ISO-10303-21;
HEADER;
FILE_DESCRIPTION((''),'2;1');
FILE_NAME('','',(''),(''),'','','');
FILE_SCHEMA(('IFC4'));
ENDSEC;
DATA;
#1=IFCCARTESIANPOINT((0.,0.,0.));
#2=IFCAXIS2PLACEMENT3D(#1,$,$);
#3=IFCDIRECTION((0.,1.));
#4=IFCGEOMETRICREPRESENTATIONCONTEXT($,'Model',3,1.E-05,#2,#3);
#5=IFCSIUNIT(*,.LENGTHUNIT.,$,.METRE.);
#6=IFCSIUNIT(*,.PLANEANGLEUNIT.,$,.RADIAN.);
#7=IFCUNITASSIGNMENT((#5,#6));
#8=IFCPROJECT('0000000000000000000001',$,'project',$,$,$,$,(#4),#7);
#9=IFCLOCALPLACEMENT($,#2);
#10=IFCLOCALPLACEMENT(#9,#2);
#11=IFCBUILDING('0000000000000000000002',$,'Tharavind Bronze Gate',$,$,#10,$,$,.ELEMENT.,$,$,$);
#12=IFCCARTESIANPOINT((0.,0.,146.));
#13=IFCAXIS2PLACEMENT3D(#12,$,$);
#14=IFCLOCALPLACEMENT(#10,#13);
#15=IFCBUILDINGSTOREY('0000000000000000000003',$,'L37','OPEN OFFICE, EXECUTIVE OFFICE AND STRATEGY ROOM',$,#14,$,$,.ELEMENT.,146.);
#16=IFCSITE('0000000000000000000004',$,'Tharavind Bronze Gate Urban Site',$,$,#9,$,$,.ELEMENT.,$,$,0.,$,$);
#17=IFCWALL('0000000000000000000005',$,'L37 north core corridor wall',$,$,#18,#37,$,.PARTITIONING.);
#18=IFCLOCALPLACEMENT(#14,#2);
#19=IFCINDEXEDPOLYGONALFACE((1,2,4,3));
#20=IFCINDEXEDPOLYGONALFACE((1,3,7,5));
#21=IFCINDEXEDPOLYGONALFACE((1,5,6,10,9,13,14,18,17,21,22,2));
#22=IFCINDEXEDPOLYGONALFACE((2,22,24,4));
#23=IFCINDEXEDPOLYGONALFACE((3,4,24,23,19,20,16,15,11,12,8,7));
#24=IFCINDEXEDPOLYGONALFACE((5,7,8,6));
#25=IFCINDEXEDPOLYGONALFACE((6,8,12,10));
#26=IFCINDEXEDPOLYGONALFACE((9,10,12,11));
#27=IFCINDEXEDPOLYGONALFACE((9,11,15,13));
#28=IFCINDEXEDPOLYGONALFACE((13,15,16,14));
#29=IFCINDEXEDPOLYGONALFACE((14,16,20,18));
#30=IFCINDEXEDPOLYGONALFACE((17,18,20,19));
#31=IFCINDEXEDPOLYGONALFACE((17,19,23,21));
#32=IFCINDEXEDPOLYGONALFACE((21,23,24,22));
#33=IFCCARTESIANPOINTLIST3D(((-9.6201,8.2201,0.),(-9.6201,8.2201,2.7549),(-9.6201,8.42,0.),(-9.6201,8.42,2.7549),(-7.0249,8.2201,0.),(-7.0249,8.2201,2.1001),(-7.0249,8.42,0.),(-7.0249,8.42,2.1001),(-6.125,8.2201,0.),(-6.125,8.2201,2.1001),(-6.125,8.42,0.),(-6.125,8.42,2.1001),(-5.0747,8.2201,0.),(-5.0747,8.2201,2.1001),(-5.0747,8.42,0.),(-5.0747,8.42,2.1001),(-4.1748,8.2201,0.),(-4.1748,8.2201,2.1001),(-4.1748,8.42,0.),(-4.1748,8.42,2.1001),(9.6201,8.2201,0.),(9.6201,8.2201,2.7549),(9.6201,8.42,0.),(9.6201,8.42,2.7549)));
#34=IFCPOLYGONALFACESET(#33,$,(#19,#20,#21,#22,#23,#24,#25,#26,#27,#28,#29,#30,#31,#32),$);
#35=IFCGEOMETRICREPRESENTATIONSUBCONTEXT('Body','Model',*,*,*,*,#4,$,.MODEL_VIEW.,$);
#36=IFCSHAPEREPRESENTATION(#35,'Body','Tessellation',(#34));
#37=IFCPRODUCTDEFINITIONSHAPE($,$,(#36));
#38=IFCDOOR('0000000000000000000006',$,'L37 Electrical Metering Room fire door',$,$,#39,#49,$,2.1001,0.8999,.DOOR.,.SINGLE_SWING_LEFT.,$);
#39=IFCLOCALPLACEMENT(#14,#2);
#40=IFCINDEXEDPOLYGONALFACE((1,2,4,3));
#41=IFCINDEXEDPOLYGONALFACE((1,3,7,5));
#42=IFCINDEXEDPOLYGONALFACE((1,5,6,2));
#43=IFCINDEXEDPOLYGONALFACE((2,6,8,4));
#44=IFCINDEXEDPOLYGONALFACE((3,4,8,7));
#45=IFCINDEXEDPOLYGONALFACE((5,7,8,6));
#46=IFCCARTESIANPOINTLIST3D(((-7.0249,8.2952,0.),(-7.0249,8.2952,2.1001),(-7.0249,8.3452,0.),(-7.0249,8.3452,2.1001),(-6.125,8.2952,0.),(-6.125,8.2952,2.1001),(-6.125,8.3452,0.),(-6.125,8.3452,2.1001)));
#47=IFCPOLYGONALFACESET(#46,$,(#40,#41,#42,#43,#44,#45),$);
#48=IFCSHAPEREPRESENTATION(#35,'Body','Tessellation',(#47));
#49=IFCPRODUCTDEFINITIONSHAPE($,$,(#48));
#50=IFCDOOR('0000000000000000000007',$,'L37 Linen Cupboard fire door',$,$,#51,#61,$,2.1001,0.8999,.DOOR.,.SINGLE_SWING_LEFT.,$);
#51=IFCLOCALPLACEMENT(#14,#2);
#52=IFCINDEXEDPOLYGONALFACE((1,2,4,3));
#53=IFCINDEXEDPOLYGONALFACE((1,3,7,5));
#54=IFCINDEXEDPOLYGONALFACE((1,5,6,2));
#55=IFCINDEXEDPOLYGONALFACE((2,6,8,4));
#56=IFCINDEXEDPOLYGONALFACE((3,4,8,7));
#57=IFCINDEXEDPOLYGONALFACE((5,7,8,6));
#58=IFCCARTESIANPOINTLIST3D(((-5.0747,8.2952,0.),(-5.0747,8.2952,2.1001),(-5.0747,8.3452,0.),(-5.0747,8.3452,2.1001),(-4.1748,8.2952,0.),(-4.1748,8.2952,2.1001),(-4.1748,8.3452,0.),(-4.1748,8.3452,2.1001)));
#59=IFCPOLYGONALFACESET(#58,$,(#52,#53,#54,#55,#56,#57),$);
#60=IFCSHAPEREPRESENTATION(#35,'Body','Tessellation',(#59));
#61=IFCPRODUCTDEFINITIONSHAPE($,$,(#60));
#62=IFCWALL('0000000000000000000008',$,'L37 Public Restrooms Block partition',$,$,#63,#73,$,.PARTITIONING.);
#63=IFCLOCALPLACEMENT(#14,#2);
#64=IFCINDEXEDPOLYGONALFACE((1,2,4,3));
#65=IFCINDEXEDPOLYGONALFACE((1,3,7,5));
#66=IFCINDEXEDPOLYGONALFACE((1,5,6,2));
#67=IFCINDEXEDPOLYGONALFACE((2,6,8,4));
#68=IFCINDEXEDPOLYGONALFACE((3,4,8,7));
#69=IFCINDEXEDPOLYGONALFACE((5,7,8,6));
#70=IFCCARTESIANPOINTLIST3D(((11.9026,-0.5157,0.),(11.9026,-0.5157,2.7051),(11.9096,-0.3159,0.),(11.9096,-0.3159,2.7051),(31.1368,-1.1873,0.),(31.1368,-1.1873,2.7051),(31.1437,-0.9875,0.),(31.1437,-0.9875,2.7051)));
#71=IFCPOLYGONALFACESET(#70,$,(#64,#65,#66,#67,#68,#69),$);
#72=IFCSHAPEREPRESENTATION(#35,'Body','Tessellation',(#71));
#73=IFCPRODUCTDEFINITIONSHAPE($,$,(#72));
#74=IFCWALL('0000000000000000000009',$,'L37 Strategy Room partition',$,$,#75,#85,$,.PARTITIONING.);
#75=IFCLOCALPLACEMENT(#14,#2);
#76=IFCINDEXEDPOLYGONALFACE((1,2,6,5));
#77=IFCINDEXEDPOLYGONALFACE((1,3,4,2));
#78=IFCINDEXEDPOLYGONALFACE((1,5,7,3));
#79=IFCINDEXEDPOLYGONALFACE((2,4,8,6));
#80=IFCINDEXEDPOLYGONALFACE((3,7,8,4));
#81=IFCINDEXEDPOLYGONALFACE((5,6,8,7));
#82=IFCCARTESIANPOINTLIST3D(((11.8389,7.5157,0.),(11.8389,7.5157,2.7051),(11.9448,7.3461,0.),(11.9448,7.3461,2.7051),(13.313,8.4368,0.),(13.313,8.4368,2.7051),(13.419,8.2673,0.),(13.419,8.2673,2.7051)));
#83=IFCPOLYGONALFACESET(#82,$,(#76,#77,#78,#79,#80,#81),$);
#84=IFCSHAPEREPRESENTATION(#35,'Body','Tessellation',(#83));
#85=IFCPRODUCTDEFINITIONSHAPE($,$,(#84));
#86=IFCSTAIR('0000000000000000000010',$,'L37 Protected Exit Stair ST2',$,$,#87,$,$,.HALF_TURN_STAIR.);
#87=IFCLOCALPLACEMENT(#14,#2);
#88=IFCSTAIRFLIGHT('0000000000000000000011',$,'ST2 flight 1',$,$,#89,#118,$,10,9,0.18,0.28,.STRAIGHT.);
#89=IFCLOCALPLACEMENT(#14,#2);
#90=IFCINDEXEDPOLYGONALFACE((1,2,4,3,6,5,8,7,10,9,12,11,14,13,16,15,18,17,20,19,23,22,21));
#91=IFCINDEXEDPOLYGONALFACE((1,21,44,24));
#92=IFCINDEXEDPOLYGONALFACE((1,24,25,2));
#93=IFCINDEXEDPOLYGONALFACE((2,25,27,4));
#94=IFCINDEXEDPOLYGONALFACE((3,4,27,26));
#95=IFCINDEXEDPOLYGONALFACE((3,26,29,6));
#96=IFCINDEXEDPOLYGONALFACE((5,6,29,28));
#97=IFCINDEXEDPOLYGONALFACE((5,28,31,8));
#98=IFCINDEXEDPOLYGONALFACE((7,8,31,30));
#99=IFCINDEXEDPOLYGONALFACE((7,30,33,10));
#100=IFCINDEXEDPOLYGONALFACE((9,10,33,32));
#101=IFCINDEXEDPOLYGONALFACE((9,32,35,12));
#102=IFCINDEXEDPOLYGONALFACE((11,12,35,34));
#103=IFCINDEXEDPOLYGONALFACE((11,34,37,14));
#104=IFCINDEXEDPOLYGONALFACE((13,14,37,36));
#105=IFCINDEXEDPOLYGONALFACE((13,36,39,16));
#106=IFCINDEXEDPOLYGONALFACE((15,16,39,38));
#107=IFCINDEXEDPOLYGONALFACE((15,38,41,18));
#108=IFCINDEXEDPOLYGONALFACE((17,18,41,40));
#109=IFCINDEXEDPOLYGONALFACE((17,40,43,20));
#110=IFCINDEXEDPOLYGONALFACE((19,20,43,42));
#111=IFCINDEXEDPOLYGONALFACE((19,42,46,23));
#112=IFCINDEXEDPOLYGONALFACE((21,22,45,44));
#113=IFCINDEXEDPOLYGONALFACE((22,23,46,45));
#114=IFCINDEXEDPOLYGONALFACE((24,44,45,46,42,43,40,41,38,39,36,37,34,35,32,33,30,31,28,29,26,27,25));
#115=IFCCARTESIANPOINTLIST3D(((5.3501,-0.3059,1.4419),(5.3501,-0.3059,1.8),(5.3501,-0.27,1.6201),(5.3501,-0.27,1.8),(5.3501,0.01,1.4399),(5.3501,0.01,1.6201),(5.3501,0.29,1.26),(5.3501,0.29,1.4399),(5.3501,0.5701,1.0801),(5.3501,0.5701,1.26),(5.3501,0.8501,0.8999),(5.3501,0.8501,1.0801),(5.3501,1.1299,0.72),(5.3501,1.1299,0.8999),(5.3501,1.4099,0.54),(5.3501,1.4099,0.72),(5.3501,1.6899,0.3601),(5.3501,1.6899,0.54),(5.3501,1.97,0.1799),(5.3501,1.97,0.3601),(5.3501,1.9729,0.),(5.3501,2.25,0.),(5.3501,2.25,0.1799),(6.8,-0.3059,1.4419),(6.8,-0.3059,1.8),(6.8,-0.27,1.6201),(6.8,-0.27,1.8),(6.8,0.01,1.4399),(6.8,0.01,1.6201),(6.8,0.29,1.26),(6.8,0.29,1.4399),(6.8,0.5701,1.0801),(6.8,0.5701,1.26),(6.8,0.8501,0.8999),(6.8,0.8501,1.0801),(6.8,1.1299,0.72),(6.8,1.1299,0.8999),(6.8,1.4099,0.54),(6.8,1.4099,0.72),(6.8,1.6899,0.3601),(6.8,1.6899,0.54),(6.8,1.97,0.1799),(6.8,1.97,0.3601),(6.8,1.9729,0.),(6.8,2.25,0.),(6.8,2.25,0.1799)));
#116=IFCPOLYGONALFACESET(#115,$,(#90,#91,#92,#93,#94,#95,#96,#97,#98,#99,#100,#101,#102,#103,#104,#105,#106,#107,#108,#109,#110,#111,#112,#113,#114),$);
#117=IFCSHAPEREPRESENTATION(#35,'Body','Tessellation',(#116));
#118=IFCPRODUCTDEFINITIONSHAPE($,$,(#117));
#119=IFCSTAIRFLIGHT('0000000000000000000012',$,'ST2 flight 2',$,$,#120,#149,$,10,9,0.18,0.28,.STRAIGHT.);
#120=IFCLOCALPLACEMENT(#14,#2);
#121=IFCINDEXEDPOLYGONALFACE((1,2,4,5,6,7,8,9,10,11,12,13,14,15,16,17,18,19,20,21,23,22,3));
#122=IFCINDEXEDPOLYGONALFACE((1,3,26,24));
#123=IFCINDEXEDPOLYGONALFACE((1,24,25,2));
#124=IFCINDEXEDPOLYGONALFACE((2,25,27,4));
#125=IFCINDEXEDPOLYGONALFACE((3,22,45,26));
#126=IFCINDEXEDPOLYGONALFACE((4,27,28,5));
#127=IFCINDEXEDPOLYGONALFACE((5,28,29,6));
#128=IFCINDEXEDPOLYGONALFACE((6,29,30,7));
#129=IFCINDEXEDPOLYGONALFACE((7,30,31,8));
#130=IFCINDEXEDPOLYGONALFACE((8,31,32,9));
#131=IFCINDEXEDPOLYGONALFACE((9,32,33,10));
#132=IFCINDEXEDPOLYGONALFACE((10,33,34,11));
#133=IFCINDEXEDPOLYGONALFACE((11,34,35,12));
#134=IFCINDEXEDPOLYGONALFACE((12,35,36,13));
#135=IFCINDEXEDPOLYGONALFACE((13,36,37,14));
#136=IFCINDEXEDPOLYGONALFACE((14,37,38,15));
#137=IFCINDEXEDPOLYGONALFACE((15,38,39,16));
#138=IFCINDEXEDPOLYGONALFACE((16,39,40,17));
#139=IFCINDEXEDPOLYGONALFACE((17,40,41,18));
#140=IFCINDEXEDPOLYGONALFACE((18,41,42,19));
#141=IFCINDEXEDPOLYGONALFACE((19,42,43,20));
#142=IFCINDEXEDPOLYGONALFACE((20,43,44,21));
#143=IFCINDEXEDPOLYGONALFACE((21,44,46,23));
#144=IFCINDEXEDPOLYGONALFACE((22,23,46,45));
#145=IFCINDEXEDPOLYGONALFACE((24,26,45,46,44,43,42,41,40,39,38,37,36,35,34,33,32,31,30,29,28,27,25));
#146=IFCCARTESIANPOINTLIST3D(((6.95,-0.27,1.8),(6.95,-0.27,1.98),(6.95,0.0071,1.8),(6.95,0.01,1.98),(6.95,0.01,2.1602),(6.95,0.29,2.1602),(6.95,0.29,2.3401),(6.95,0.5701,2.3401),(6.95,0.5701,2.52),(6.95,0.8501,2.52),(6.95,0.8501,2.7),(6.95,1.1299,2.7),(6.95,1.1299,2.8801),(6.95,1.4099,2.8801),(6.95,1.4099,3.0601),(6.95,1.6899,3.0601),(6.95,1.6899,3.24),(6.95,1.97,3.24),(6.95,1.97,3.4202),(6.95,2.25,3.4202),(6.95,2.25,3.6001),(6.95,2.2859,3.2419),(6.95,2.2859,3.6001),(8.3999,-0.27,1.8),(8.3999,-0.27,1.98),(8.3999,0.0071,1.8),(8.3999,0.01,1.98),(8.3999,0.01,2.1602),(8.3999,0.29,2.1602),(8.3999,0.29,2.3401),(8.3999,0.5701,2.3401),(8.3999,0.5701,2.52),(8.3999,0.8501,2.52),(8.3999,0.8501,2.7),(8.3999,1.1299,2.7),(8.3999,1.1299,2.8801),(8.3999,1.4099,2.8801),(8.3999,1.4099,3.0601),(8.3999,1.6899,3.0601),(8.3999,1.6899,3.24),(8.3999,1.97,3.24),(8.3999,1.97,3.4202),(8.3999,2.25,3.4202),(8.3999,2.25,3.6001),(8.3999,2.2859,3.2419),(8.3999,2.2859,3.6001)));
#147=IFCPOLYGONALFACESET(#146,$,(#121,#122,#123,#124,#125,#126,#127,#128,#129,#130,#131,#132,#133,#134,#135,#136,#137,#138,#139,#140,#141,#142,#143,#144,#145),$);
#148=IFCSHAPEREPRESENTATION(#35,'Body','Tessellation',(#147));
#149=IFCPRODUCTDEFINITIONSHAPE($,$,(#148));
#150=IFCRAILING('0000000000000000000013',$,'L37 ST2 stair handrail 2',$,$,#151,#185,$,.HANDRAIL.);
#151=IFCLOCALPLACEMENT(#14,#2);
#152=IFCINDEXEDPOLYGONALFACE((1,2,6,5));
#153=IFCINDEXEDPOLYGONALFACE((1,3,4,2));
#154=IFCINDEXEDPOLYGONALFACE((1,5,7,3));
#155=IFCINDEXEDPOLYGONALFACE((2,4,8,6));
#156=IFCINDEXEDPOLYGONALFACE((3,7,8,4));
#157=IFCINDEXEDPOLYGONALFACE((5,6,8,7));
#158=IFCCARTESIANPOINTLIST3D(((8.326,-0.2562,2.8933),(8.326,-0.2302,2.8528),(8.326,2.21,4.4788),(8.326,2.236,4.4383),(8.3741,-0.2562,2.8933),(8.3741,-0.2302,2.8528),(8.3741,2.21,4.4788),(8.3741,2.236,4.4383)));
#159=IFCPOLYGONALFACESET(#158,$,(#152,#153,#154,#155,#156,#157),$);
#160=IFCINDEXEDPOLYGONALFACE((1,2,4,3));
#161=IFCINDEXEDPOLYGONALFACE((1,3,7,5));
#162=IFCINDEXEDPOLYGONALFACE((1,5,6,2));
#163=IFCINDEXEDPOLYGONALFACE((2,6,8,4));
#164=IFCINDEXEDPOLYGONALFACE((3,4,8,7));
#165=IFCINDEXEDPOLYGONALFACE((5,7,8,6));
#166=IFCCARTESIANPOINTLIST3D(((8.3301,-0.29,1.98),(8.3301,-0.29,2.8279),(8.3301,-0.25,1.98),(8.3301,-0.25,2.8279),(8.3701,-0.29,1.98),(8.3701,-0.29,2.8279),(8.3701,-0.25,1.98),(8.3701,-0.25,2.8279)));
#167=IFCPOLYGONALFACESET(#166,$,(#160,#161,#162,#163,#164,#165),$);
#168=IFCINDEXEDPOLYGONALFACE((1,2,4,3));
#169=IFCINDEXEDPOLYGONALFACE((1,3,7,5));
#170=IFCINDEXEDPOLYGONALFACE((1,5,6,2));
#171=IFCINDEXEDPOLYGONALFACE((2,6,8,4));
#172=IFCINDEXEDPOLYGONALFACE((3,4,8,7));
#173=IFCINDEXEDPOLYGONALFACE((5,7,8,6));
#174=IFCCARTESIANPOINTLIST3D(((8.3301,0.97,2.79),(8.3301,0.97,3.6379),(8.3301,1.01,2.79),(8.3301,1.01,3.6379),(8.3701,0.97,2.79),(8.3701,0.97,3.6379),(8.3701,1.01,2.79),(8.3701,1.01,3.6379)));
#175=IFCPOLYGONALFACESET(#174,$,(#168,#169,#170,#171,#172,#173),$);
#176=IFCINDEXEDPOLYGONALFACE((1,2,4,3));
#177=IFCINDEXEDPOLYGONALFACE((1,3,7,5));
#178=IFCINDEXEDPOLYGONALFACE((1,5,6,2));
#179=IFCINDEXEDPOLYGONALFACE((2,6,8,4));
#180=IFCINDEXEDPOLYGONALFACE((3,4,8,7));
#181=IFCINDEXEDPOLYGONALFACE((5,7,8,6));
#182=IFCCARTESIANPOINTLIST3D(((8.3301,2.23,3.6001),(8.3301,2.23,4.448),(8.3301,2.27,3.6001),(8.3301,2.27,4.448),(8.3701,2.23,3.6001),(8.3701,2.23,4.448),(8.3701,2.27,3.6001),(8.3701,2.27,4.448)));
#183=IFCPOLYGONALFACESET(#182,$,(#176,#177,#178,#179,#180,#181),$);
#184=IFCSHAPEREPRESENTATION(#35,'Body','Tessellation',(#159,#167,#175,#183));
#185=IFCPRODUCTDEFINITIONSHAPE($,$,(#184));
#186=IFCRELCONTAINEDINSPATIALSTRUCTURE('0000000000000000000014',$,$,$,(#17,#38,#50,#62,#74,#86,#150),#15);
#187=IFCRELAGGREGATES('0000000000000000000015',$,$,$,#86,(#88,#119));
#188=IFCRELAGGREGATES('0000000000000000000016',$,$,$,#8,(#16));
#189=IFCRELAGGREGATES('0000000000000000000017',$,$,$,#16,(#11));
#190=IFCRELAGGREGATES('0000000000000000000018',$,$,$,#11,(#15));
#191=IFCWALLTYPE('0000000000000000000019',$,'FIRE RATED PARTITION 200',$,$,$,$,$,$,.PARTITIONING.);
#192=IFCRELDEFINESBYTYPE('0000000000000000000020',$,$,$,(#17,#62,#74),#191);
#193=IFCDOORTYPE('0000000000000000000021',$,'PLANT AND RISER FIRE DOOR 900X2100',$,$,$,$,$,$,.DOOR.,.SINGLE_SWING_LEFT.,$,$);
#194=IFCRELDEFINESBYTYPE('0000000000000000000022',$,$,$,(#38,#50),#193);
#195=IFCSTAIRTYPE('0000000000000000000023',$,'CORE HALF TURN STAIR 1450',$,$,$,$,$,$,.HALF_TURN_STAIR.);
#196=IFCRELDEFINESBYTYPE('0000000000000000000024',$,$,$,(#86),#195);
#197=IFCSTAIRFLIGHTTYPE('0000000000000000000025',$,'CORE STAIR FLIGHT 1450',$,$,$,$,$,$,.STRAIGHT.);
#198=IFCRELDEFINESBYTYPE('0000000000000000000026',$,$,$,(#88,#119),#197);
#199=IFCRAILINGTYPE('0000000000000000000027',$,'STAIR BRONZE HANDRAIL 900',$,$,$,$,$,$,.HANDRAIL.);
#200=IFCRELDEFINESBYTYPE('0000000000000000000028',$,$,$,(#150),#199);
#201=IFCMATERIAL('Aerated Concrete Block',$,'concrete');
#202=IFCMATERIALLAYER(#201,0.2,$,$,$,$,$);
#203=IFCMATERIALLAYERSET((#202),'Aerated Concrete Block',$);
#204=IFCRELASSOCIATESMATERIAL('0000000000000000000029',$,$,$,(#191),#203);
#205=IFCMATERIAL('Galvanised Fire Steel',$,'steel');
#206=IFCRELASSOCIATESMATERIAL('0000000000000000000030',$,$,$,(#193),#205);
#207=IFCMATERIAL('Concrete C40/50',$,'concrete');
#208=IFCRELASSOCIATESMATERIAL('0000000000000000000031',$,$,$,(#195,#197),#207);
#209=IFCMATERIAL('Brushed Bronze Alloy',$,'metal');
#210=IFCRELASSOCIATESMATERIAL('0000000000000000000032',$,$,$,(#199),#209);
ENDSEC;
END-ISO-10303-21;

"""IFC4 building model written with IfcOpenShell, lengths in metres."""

from ifc_helpers import new_model, si_unit, direction, frame, frame_2d, origin, origin_2d, place, context, subcontext, project, spatial, polyline, rectangle, outline, extrude, material, layer, layer_set, type_object, element, fill, aggregate, save


model = new_model("IFC4")

# Units and contexts
model_context = context("Model", 3, precision=1e-05, world=origin(), true_north=direction((0.0, 1.0)))
body_context = subcontext(model_context, "Body", "Model", "MODEL_VIEW")
ifc_project = project(units=[si_unit("LENGTHUNIT", "METRE"), si_unit("PLANEANGLEUNIT", "RADIAN")], contexts=[model_context])

# Site, building, storey
site_placement = place(None, origin())
site = spatial("IfcSite", under=ifc_project, at=site_placement, Name="Tharavind Bronze Gate Urban Site", CompositionType="ELEMENT", RefElevation=0.0)
building_placement = place(site_placement, origin())
building = spatial("IfcBuilding", under=site, at=building_placement, Name="Tharavind Bronze Gate", CompositionType="ELEMENT")
storey_placement = place(building_placement, frame((0.0, 0.0, 146.0)))
storey = spatial("IfcBuildingStorey", under=building, at=storey_placement, Name="L37", Description="OPEN OFFICE, EXECUTIVE OFFICE AND STRATEGY ROOM", CompositionType="ELEMENT", Elevation=146.0)

# Wall, openings, doors
ifc_material_1 = material(Name="Aerated Concrete Block", Category="concrete")
ifc_layer_1 = layer(ifc_material_1, 0.2)
ifc_layer_set_1 = layer_set([ifc_layer_1], Name="Aerated Concrete Block")
wall_type = type_object("IfcWallType", Name="FIRE RATED PARTITION 200", PredefinedType="PARTITIONING", material=ifc_layer_set_1)
wall_1_placement = place(storey_placement, frame((9.6201, 8.3201, 0.0), z_axis=(0.0, 0.0, 1.0), x_axis=(-1.0, 0.0, 0.0)))
wall_1 = element("IfcWall", 1, at=wall_1_placement, inside=storey, type_object=wall_type, Name="L37 north core corridor wall", PredefinedType="PARTITIONING", context=body_context, shape_type="SweptSolid", body=[
    extrude(rectangle(XDim=19.2402, YDim=0.2, at=frame_2d((9.6201, 0.0))), origin(), (0.0, 0.0, 1.0), 2.7549),
])
opening_1_placement = place(wall_1_placement, frame((15.7451, 0.0, 0.0)))
opening_1 = element("IfcOpeningElement", 2, at=opening_1_placement, cuts=wall_1, PredefinedType="OPENING", context=body_context, shape_type="SweptSolid", body=[
    extrude(rectangle(XDim=0.8999, YDim=2.1001, at=frame_2d((0.45, 1.05))), frame((0.0, 0.1101, 0.0), z_axis=(0.0, -1.0, 0.0), x_axis=(1.0, 0.0, 0.0)), (0.0, 0.0, 1.0), 0.22),
])
opening_2_placement = place(wall_1_placement, frame((13.7949, 0.0, 0.0)))
opening_2 = element("IfcOpeningElement", 3, at=opening_2_placement, cuts=wall_1, PredefinedType="OPENING", context=body_context, shape_type="SweptSolid", body=[
    extrude(rectangle(XDim=0.8999, YDim=2.1001, at=frame_2d((0.45, 1.05))), frame((0.0, 0.1101, 0.0), z_axis=(0.0, -1.0, 0.0), x_axis=(1.0, 0.0, 0.0)), (0.0, 0.0, 1.0), 0.22),
])
ifc_material_2 = material(Name="Galvanised Fire Steel", Category="steel")
door_type_1 = type_object("IfcDoorType", Name="PLANT AND RISER FIRE DOOR 900X2100", OperationType="SINGLE_SWING_LEFT", PredefinedType="DOOR", material=ifc_material_2)
door_1_placement = place(opening_1_placement, origin())
door_1 = element("IfcDoor", 4, at=door_1_placement, inside=storey, type_object=door_type_1, Name="L37 Electrical Metering Room fire door", OperationType="SINGLE_SWING_LEFT", OverallHeight=2.1001, OverallWidth=0.8999, PredefinedType="DOOR", context=body_context, shape_type="SweptSolid", body=[
    extrude(rectangle(XDim=0.8999, YDim=2.1001, at=frame_2d((0.45, 1.05))), frame((0.0, 0.0249, 0.0), z_axis=(0.0, -1.0, 0.0), x_axis=(1.0, 0.0, 0.0)), (0.0, 0.0, 1.0), 0.05),
])
fill(opening_1, door_1)
door_2_placement = place(opening_2_placement, origin())
door_2 = element("IfcDoor", 5, at=door_2_placement, inside=storey, type_object=door_type_1, Name="L37 Linen Cupboard fire door", OperationType="SINGLE_SWING_LEFT", OverallHeight=2.1001, OverallWidth=0.8999, PredefinedType="DOOR", context=body_context, shape_type="SweptSolid", body=[
    extrude(rectangle(XDim=0.8999, YDim=2.1001, at=frame_2d((0.45, 1.05))), frame((0.0, 0.0249, 0.0), z_axis=(0.0, -1.0, 0.0), x_axis=(1.0, 0.0, 0.0)), (0.0, 0.0, 1.0), 0.05),
])
fill(opening_2, door_2)

# Wall
wall_2_placement = place(storey_placement, frame((11.906, -0.4158, 0.0), z_axis=(0.0, 0.0, 1.0), x_axis=(0.999391, -0.034897, 0.0)))
element("IfcWall", 6, at=wall_2_placement, inside=storey, type_object=wall_type, Name="L37 Public Restrooms Block partition", PredefinedType="PARTITIONING", context=body_context, shape_type="SweptSolid", body=[
    extrude(rectangle(XDim=19.2458, YDim=0.2, at=frame_2d((9.623, 0.0))), origin(), (0.0, 0.0, 1.0), 2.7051),
])

# Wall
wall_3_placement = place(storey_placement, frame((11.8918, 7.4309, 0.0), z_axis=(0.0, 0.0, 1.0), x_axis=(0.848046, 0.529923, 0.0)))
element("IfcWall", 7, at=wall_3_placement, inside=storey, type_object=wall_type, Name="L37 Strategy Room partition", PredefinedType="PARTITIONING", context=body_context, shape_type="SweptSolid", body=[
    extrude(rectangle(XDim=1.7383, YDim=0.2, at=frame_2d((0.8691, 0.0))), origin(), (0.0, 0.0, 1.0), 2.7051),
])

# Stair, stair flights
ifc_material_3 = material(Name="Concrete C40/50", Category="concrete")
stair_type = type_object("IfcStairType", Name="CORE HALF TURN STAIR 1450", PredefinedType="HALF_TURN_STAIR", material=ifc_material_3)
stair_placement = place(storey_placement, origin())
stair = element("IfcStair", 8, at=stair_placement, inside=storey, type_object=stair_type, Name="L37 Protected Exit Stair ST2", PredefinedType="HALF_TURN_STAIR")
stair_flight_type = type_object("IfcStairFlightType", Name="CORE STAIR FLIGHT 1450", PredefinedType="STRAIGHT", material=ifc_material_3)
stair_flight_1_placement = place(storey_placement, frame((6.075, 2.25, 0.0), z_axis=(0.0, 0.0, 1.0), x_axis=(0.0, -1.0, 0.0)))
stair_flight_1 = element("IfcStairFlight", 9, at=stair_flight_1_placement, type_object=stair_flight_type, Name="ST2 flight 1", NumberOfRisers=10, NumberOfTreads=9, PredefinedType="STRAIGHT", RiserHeight=0.18, TreadLength=0.28, context=body_context, shape_type="SweptSolid", body=[
    extrude(outline(polyline([(0.0, 0.0), (0.0, 0.1799), (0.28, 0.1799), (0.28, 0.3601), (0.5601, 0.3601), (0.5601, 0.54), (0.8401, 0.54), (0.8401, 0.72), (1.1201, 0.72), (1.1201, 0.8999), (1.3999, 0.8999), (1.3999, 1.0801), (1.6799, 1.0801), (1.6799, 1.26), (1.96, 1.26), (1.96, 1.4399), (2.24, 1.4399), (2.24, 1.6201), (2.52, 1.6201), (2.52, 1.8), (2.5559, 1.8), (2.5559, 1.4419), (0.2771, 0.0), (0.0, 0.0)])), frame((0.0, 0.7251, 0.0), z_axis=(0.0, -1.0, 0.0), x_axis=(1.0, 0.0, 0.0)), (0.0, 0.0, 1.0), 1.45),
])
stair_flight_2_placement = place(storey_placement, frame((7.675, -0.27, 1.8), z_axis=(0.0, 0.0, 1.0), x_axis=(0.0, 1.0, 0.0)))
stair_flight_2 = element("IfcStairFlight", 10, at=stair_flight_2_placement, type_object=stair_flight_type, Name="ST2 flight 2", NumberOfRisers=10, NumberOfTreads=9, PredefinedType="STRAIGHT", RiserHeight=0.18, TreadLength=0.28, context=body_context, shape_type="SweptSolid", body=[
    extrude(outline(polyline([(0.0, 0.0), (0.0, 0.1799), (0.28, 0.1799), (0.28, 0.3601), (0.5601, 0.3601), (0.5601, 0.54), (0.8401, 0.54), (0.8401, 0.72), (1.1201, 0.72), (1.1201, 0.8999), (1.3999, 0.8999), (1.3999, 1.0801), (1.6799, 1.0801), (1.6799, 1.26), (1.96, 1.26), (1.96, 1.4399), (2.24, 1.4399), (2.24, 1.6201), (2.52, 1.6201), (2.52, 1.8), (2.5559, 1.8), (2.5559, 1.4419), (0.2771, 0.0), (0.0, 0.0)])), frame((0.0, 0.7251, 0.0), z_axis=(0.0, -1.0, 0.0), x_axis=(1.0, 0.0, 0.0)), (0.0, 0.0, 1.0), 1.45),
])
aggregate(stair, [stair_flight_1, stair_flight_2])

# Railing
ifc_material_4 = material(Name="Brushed Bronze Alloy", Category="metal")
railing_type_1 = type_object("IfcRailingType", Name="STAIR BRONZE HANDRAIL 900", PredefinedType="HANDRAIL", material=ifc_material_4)
railing_1_placement = place(storey_placement, frame((8.3501, -0.27, 1.98)))
element("IfcRailing", 11, at=railing_1_placement, inside=storey, type_object=railing_type_1, Name="L37 ST2 stair handrail 2", PredefinedType="HANDRAIL", context=body_context, shape_type="SweptSolid", body=[
    extrude(rectangle(XDim=0.0481, YDim=0.0481, at=origin_2d()), frame((0.0, 0.0269, 0.8931), z_axis=(0.0, 0.841163, 0.540782), x_axis=(-1.0, 0.0, 0.0)), (0.0, 0.0, 1.0), 2.9319),
    extrude(rectangle(XDim=0.04, YDim=0.04, at=origin_2d()), origin(), (0.0, 0.0, 1.0), 0.8479),
    extrude(rectangle(XDim=0.04, YDim=0.04, at=origin_2d()), frame((0.0, 1.26, 0.8101)), (0.0, 0.0, 1.0), 0.8479),
    extrude(rectangle(XDim=0.04, YDim=0.04, at=origin_2d()), frame((0.0, 2.52, 1.6201)), (0.0, 0.0, 1.0), 0.8479),
])

save(model, "model.ifc")
